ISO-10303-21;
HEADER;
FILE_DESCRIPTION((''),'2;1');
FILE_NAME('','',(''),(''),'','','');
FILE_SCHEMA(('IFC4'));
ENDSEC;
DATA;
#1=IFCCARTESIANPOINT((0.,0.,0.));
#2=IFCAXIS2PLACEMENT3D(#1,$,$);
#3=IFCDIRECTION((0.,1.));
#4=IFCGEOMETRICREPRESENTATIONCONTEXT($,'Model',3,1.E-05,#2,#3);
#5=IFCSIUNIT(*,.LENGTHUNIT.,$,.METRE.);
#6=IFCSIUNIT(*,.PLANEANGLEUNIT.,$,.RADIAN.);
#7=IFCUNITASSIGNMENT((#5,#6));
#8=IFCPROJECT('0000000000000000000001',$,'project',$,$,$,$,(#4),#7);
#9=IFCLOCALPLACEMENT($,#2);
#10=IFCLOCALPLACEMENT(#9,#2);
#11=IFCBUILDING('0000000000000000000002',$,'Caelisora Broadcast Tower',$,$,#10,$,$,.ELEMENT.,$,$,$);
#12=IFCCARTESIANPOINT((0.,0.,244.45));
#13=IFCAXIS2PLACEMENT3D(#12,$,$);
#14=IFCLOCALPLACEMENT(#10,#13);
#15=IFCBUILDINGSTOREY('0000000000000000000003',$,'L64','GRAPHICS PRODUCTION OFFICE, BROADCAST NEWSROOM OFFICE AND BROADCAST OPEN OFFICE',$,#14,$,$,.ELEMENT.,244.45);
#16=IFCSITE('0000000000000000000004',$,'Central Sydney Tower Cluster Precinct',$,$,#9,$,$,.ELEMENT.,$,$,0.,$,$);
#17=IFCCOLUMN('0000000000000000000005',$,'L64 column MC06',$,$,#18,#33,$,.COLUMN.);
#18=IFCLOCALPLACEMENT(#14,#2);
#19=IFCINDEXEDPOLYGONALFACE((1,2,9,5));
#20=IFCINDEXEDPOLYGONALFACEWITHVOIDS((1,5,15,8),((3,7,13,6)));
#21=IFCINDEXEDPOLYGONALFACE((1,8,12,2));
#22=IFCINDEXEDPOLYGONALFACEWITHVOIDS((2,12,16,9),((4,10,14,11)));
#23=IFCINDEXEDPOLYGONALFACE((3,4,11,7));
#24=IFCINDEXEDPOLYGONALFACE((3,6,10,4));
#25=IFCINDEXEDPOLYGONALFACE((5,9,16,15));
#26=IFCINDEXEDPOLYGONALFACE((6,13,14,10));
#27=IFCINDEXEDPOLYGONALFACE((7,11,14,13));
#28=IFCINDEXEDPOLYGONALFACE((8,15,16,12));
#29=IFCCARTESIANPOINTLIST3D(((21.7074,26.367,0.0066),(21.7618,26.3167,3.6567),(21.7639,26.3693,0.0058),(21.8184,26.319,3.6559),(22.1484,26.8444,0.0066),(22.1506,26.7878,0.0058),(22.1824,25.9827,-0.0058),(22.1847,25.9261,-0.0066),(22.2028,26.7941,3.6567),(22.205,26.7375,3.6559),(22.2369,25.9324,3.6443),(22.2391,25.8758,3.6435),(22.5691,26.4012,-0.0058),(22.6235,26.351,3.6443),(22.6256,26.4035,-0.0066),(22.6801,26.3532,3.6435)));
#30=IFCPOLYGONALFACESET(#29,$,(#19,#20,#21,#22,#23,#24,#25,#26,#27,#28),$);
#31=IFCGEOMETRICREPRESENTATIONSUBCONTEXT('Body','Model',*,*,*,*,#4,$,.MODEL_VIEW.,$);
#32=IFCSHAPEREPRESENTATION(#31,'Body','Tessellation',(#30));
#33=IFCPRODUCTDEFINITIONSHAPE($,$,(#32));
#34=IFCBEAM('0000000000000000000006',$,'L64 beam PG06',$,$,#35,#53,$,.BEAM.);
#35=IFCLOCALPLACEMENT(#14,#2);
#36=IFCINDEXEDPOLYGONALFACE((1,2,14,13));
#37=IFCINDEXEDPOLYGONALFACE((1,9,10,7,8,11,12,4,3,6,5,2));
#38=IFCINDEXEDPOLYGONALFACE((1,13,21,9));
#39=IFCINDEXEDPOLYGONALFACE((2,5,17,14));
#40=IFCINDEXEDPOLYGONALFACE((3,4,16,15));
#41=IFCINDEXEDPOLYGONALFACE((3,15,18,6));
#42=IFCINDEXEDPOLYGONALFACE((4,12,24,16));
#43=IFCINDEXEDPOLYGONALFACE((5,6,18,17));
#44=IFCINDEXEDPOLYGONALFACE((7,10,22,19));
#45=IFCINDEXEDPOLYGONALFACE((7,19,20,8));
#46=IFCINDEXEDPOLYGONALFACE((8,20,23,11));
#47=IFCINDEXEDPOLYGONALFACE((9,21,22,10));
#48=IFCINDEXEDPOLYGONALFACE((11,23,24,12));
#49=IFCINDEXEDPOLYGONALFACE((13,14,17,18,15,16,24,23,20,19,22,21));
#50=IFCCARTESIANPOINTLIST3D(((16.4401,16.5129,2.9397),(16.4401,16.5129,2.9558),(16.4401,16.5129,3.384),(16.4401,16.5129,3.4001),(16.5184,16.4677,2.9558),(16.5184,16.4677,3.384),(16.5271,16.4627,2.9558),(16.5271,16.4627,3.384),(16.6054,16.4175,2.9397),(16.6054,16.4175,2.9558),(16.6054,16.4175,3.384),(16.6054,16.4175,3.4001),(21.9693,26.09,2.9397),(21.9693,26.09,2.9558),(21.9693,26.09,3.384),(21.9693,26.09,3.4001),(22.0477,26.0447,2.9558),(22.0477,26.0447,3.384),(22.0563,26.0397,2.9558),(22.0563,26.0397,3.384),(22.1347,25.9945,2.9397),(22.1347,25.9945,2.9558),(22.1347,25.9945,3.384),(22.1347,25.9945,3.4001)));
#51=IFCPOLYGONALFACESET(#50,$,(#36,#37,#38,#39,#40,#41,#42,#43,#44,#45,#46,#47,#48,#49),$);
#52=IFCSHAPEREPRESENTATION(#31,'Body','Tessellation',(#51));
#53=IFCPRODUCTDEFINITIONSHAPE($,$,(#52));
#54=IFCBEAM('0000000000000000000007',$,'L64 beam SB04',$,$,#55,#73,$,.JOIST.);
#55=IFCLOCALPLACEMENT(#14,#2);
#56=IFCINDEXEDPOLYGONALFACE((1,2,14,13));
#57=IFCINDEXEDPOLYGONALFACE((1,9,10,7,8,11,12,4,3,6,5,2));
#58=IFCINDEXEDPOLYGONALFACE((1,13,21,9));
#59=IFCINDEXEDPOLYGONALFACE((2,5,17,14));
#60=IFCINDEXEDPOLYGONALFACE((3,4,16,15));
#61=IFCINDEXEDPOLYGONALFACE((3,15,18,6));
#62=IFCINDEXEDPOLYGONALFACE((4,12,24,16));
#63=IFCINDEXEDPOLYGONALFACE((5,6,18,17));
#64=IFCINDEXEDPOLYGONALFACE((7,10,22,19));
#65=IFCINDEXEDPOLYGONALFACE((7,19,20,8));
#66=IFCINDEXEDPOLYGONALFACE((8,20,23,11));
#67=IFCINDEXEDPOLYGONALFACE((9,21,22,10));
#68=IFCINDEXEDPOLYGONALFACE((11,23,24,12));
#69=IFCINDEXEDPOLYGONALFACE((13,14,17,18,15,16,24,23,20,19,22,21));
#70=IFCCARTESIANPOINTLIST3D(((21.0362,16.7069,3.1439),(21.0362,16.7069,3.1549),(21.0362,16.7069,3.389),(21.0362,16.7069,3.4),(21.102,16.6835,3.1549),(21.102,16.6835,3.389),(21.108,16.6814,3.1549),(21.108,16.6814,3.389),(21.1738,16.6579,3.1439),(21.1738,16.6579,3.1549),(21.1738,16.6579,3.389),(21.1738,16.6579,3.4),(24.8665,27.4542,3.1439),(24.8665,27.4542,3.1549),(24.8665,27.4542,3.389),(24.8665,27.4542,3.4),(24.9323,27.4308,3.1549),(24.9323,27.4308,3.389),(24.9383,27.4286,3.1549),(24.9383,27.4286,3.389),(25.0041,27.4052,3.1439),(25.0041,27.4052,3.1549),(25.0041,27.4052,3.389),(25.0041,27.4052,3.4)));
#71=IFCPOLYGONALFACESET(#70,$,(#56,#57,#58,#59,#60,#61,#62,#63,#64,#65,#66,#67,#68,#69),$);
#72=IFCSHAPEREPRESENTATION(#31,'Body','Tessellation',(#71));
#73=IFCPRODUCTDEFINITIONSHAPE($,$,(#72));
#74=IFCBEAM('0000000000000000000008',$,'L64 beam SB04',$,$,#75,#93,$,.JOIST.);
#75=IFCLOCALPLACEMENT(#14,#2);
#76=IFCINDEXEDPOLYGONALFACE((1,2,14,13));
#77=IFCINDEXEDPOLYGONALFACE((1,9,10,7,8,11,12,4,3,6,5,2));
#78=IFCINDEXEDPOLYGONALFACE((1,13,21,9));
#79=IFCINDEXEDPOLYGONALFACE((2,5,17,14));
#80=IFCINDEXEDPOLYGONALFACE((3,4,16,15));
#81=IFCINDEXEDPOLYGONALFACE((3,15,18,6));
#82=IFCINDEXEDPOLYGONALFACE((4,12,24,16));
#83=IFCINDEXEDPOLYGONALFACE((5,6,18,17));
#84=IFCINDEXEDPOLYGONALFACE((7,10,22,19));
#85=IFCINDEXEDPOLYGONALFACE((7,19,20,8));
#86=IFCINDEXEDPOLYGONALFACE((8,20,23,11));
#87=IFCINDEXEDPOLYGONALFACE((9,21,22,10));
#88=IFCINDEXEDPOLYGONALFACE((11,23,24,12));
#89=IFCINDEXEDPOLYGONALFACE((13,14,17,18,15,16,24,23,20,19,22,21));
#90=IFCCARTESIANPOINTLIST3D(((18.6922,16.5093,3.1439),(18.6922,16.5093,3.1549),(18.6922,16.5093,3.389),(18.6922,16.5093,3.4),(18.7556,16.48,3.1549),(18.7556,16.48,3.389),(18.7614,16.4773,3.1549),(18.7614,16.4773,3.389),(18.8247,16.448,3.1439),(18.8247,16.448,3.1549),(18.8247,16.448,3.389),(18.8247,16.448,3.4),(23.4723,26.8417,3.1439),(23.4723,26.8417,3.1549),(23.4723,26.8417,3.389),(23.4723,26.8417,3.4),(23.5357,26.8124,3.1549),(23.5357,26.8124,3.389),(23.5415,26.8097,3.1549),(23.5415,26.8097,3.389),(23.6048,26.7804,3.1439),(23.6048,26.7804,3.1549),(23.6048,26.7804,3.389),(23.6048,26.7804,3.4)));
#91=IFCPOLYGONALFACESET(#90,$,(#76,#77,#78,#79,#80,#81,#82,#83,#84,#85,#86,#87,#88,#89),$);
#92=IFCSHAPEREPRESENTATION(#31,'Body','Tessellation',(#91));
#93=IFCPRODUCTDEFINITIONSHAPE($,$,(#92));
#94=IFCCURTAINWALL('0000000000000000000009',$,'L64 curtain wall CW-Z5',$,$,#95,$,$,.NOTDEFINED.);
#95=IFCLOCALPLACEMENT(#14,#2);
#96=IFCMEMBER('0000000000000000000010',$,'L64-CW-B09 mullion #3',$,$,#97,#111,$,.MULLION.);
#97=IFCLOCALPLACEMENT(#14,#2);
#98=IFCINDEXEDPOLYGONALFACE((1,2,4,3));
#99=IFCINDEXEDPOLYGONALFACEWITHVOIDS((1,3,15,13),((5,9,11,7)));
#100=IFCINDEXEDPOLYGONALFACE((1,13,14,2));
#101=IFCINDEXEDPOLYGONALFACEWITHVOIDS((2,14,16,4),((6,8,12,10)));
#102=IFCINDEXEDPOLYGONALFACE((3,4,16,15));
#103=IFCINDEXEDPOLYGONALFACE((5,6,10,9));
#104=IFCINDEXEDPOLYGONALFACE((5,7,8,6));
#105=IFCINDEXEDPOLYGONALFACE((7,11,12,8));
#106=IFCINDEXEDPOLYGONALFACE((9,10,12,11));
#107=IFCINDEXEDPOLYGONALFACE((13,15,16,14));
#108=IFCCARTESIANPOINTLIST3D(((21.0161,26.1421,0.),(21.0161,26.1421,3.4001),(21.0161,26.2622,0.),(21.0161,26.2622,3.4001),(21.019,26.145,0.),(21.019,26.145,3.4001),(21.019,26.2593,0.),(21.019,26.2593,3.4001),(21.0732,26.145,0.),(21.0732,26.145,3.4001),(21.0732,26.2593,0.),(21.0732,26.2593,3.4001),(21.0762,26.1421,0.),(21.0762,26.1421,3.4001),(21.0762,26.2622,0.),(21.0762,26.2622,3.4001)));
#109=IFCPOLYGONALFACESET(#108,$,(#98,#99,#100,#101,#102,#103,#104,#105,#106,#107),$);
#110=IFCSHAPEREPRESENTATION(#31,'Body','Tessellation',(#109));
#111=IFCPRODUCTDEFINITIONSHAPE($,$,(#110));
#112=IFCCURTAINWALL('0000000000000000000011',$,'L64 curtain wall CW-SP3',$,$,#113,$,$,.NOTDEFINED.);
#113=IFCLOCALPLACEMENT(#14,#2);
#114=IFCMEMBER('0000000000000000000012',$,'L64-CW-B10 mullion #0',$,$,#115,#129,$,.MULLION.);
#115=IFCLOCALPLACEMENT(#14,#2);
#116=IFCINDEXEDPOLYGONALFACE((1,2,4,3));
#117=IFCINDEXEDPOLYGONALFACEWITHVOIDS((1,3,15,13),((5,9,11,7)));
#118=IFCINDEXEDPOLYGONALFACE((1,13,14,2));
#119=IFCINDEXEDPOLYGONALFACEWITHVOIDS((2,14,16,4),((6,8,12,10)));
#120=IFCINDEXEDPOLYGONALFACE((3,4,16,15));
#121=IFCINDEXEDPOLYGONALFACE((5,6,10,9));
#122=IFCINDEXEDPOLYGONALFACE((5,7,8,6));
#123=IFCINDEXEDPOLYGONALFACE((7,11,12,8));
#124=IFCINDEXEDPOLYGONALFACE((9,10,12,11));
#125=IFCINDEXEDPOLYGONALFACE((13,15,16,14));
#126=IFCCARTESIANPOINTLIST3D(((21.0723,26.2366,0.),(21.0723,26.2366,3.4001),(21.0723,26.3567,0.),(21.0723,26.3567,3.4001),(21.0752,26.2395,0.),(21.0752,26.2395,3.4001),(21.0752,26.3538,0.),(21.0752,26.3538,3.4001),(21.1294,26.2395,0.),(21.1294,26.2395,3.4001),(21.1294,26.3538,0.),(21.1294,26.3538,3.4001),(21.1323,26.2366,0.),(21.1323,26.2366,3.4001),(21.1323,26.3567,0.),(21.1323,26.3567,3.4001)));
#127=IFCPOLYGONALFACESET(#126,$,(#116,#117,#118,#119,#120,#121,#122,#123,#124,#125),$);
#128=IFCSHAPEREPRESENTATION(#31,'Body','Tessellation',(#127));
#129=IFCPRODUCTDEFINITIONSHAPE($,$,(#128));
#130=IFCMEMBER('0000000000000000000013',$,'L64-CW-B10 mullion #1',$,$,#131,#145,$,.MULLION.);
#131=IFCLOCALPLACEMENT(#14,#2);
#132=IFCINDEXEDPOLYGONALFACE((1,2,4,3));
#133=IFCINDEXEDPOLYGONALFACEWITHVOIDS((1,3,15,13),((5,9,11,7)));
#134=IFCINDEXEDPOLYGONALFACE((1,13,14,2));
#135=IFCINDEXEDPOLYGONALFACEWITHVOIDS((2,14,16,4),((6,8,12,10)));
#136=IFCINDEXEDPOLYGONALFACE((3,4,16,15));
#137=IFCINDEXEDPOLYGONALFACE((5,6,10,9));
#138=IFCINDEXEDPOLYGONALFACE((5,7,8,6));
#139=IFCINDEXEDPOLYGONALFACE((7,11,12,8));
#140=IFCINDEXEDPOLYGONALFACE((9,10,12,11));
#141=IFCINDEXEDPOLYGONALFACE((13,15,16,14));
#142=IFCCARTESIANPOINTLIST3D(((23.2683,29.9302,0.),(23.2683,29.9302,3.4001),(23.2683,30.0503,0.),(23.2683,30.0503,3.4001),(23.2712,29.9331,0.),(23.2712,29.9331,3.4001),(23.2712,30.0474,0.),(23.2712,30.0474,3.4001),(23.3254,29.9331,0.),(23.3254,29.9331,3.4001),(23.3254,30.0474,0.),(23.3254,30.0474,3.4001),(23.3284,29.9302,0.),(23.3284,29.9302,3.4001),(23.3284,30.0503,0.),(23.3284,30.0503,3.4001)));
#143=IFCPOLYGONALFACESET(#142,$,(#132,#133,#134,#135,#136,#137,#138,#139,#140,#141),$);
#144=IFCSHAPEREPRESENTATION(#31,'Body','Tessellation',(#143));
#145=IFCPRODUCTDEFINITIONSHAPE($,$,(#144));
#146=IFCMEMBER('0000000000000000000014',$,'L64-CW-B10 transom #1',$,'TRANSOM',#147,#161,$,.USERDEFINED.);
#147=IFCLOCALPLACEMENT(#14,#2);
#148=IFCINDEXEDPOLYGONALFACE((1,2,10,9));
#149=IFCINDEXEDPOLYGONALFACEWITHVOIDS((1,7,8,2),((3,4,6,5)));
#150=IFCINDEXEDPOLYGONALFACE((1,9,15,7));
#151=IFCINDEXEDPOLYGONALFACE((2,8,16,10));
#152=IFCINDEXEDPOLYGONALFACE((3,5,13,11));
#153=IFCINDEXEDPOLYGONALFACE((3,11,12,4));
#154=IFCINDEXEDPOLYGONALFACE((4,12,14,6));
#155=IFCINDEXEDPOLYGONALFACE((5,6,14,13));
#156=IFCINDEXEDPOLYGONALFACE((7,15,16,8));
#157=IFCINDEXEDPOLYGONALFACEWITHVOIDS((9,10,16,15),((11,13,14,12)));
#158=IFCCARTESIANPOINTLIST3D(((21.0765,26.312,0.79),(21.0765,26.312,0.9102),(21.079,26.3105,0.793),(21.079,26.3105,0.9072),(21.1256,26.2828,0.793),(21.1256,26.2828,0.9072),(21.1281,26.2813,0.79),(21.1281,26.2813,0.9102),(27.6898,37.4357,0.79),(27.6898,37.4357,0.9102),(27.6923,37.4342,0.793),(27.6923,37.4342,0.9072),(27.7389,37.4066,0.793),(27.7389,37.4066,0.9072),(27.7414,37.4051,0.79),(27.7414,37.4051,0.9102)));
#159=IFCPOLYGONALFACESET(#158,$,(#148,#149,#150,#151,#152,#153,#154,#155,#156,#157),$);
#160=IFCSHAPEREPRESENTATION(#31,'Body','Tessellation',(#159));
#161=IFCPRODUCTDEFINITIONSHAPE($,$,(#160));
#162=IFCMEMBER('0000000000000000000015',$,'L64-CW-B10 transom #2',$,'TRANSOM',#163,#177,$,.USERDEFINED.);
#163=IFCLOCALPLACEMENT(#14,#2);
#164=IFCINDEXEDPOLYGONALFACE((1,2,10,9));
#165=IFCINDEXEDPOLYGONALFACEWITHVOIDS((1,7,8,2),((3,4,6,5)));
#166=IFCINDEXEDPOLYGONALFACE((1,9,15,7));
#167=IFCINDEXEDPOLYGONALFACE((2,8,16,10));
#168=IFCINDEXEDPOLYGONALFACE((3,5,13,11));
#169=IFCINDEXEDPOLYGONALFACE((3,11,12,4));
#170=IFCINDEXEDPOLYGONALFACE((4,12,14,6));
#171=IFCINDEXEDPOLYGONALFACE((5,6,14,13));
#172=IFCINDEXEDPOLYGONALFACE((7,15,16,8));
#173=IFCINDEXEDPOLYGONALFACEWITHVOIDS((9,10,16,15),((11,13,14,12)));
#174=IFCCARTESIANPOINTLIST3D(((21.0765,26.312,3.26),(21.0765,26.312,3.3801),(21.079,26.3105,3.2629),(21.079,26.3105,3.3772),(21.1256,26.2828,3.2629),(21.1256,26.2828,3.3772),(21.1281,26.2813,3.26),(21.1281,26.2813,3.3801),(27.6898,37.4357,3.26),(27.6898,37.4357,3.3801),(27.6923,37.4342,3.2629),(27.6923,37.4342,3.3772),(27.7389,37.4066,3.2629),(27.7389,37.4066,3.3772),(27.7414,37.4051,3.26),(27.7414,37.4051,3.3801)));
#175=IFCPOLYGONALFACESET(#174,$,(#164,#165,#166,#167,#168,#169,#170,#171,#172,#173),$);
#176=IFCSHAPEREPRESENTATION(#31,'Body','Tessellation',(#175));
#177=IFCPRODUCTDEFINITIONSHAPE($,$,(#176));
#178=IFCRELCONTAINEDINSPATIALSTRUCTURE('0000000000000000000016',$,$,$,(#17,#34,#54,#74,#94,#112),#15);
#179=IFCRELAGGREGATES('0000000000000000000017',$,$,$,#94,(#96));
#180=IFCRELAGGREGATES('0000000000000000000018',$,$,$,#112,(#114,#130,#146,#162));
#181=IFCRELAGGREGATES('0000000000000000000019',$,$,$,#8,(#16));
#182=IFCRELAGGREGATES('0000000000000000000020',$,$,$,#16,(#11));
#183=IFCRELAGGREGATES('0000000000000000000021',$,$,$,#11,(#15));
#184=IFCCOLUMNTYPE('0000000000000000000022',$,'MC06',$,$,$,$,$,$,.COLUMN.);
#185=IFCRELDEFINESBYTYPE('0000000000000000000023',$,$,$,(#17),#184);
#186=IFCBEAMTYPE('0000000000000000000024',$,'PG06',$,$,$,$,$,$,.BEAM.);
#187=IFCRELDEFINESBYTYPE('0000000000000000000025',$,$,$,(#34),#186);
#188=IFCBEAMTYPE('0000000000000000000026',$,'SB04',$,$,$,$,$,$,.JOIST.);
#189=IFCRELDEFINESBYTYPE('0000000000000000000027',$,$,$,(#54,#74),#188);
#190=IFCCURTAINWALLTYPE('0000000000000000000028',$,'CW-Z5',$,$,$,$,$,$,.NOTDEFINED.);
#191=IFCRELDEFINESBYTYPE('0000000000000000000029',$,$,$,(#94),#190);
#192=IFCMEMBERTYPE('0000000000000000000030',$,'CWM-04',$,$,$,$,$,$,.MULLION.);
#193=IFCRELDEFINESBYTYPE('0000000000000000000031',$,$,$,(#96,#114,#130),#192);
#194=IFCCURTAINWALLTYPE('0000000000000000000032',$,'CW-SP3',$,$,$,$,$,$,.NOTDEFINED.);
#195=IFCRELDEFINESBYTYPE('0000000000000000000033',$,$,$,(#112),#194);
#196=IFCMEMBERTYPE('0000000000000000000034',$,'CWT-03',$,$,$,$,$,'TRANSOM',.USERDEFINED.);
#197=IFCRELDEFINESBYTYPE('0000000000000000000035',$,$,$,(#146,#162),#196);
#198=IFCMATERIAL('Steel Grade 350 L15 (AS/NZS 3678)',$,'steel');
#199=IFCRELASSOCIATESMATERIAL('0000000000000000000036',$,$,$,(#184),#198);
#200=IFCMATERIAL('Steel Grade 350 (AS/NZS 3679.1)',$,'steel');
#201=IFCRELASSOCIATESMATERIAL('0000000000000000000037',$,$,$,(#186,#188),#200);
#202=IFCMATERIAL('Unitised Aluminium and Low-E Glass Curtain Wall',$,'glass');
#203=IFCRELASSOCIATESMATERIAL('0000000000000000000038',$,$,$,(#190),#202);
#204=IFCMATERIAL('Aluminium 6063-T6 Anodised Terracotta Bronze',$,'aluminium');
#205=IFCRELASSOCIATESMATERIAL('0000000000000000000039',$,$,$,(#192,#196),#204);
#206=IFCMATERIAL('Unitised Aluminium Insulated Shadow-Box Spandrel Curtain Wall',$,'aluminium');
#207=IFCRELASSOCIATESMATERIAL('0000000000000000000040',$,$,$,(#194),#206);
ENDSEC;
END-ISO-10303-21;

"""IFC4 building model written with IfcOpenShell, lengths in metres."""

from ifc_helpers import new_model, si_unit, direction, frame, origin, origin_2d, place, context, subcontext, project, spatial, hollow_rectangle, i_section, extrude, source, transform, mapped, material, material_profile, profile_set, type_object, type_shapes, element, aggregate, save


model = new_model("IFC4")

# Units and contexts
model_context = context("Model", 3, precision=1e-05, world=origin(), true_north=direction((0.0, 1.0)))
body_context = subcontext(model_context, "Body", "Model", "MODEL_VIEW")
ifc_project = project(units=[si_unit("LENGTHUNIT", "METRE"), si_unit("PLANEANGLEUNIT", "RADIAN")], contexts=[model_context])

# Site, building, storey
site_placement = place(None, origin())
site = spatial("IfcSite", under=ifc_project, at=site_placement, Name="Central Sydney Tower Cluster Precinct", CompositionType="ELEMENT", RefElevation=0.0)
building_placement = place(site_placement, origin())
building = spatial("IfcBuilding", under=site, at=building_placement, Name="Caelisora Broadcast Tower", CompositionType="ELEMENT")
storey_placement = place(building_placement, frame((0.0, 0.0, 244.45)))
storey = spatial("IfcBuildingStorey", under=building, at=storey_placement, Name="L64", Description="GRAPHICS PRODUCTION OFFICE, BROADCAST NEWSROOM OFFICE AND BROADCAST OPEN OFFICE", CompositionType="ELEMENT", Elevation=244.45)

# Column
ifc_material_1 = material(Name="Steel Grade 350 L15 (AS/NZS 3678)", Category="steel")
ifc_material_profile_1 = material_profile(ifc_material_1, hollow_rectangle(XDim=0.6499, YDim=0.6499, WallThickness=0.04, at=origin_2d()), Name="Steel Grade 350 L15 (AS/NZS 3678)")
ifc_profile_set_1 = profile_set([ifc_material_profile_1], Name="Steel Grade 350 L15 (AS/NZS 3678)")
column_type = type_object("IfcColumnType", Name="MC06", PredefinedType="COLUMN", material=ifc_profile_set_1)
shared_shape_1 = source(origin(), body_context, "Body", "SweptSolid", [
    extrude(hollow_rectangle(XDim=0.6499, YDim=0.6499, WallThickness=0.04, at=origin_2d()), origin(), (0.0, 0.0, 1.0), 3.6509),
])
type_shapes(column_type, [shared_shape_1])
column_placement = place(storey_placement, frame((22.1665, 26.3853, 0.0), z_axis=(0.014912, -0.013776, 0.999794), x_axis=(0.678554, 0.734551, 0.0)))
element("IfcColumn", 1, at=column_placement, inside=storey, type_object=column_type, Name="L64 column MC06", PredefinedType="COLUMN", context=body_context, shape_type="MappedRepresentation", body=[
    mapped(shared_shape_1, transform((0.0, 0.0, 0.0), scale=1.0)),
])

# Beams
ifc_material_2 = material(Name="Steel Grade 350 (AS/NZS 3679.1)", Category="steel")
ifc_material_profile_2 = material_profile(ifc_material_2, i_section(OverallWidth=0.1909, OverallDepth=0.4604, WebThickness=0.01, FlangeThickness=0.0161, at=origin_2d()), Name="Steel Grade 350 (AS/NZS 3679.1)")
ifc_profile_set_2 = profile_set([ifc_material_profile_2], Name="Steel Grade 350 (AS/NZS 3679.1)")
beam_type_1 = type_object("IfcBeamType", Name="PG06", PredefinedType="BEAM", material=ifc_profile_set_2)
shared_shape_2 = source(origin(), body_context, "Body", "SweptSolid", [
    extrude(i_section(OverallWidth=0.1909, OverallDepth=0.4604, WebThickness=0.01, FlangeThickness=0.0161, at=origin_2d()), origin(), (0.0, 0.0, 1.0), 11.0586),
])
type_shapes(beam_type_1, [shared_shape_2])
beam_1_placement = place(storey_placement, frame((22.052, 26.0422, 3.1699), z_axis=(-0.499995, -0.866028, 0.0), x_axis=(0.866028, -0.499995, 0.0)))
element("IfcBeam", 2, at=beam_1_placement, inside=storey, type_object=beam_type_1, Name="L64 beam PG06", PredefinedType="BEAM", context=body_context, shape_type="MappedRepresentation", body=[
    mapped(shared_shape_2, transform((0.0, 0.0, 0.0), scale=1.0)),
])
ifc_material_profile_3 = material_profile(ifc_material_2, i_section(OverallWidth=0.146, OverallDepth=0.2561, WebThickness=0.0063, FlangeThickness=0.011, at=origin_2d()), Name="Steel Grade 350 (AS/NZS 3679.1)")
ifc_profile_set_3 = profile_set([ifc_material_profile_3], Name="Steel Grade 350 (AS/NZS 3679.1)")
beam_type_2 = type_object("IfcBeamType", Name="SB04", PredefinedType="JOIST", material=ifc_profile_set_3)
shared_shape_3 = source(origin(), body_context, "Body", "SweptSolid", [
    extrude(i_section(OverallWidth=0.146, OverallDepth=0.2561, WebThickness=0.0063, FlangeThickness=0.011, at=origin_2d()), origin(), (0.0, 0.0, 1.0), 11.4094),
])
beam_2_placement = place(storey_placement, frame((24.9353, 27.4297, 3.272), z_axis=(-0.335714, -0.941964, 0.0), x_axis=(0.941964, -0.335714, 0.0)))
element("IfcBeam", 3, at=beam_2_placement, inside=storey, type_object=beam_type_2, Name="L64 beam SB04", PredefinedType="JOIST", context=body_context, shape_type="MappedRepresentation", body=[
    mapped(shared_shape_3, transform((0.0, 0.0, 0.0), scale=1.0)),
])
shared_shape_4 = source(origin(), body_context, "Body", "SweptSolid", [
    extrude(i_section(OverallWidth=0.146, OverallDepth=0.2561, WebThickness=0.0063, FlangeThickness=0.011, at=origin_2d()), origin(), (0.0, 0.0, 1.0), 11.3845),
])
type_shapes(beam_type_2, [shared_shape_3, shared_shape_4])
beam_3_placement = place(storey_placement, frame((23.5386, 26.811, 3.272), z_axis=(-0.419875, -0.907582, 0.0), x_axis=(0.907582, -0.419875, 0.0)))
element("IfcBeam", 4, at=beam_3_placement, inside=storey, type_object=beam_type_2, Name="L64 beam SB04", PredefinedType="JOIST", context=body_context, shape_type="MappedRepresentation", body=[
    mapped(shared_shape_4, transform((0.0, 0.0, 0.0), scale=1.0)),
])

# Curtain wall, member
ifc_material_3 = material(Name="Unitised Aluminium and Low-E Glass Curtain Wall", Category="glass")
curtain_wall_type_1 = type_object("IfcCurtainWallType", Name="CW-Z5", PredefinedType="NOTDEFINED", material=ifc_material_3)
curtain_wall_1_placement = place(storey_placement, origin())
curtain_wall_1 = element("IfcCurtainWall", 5, at=curtain_wall_1_placement, inside=storey, type_object=curtain_wall_type_1, Name="L64 curtain wall CW-Z5", PredefinedType="NOTDEFINED")
ifc_material_4 = material(Name="Aluminium 6063-T6 Anodised Terracotta Bronze", Category="aluminium")
ifc_material_profile_4 = material_profile(ifc_material_4, hollow_rectangle(XDim=0.0601, YDim=0.1201, WallThickness=0.0029, at=origin_2d()), Name="Aluminium 6063-T6 Anodised Terracotta Bronze")
ifc_profile_set_4 = profile_set([ifc_material_profile_4], Name="Aluminium 6063-T6 Anodised Terracotta Bronze")
member_type_1 = type_object("IfcMemberType", Name="CWM-04", PredefinedType="MULLION", material=ifc_profile_set_4)
shared_shape_5 = source(origin(), body_context, "Body", "SweptSolid", [
    extrude(hollow_rectangle(XDim=0.0601, YDim=0.1201, WallThickness=0.0029, at=origin_2d()), origin(), (0.0, 0.0, 1.0), 3.4001),
])
type_shapes(member_type_1, [shared_shape_5])
member_1_placement = place(storey_placement, frame((21.0461, 26.2021, 0.0), z_axis=(0.0, 0.0, 1.0), x_axis=(1.0, 0.0, 0.0)))
member_1 = element("IfcMember", 6, at=member_1_placement, type_object=member_type_1, Name="L64-CW-B09 mullion #3", PredefinedType="MULLION", context=body_context, shape_type="MappedRepresentation", body=[
    mapped(shared_shape_5, transform((0.0, 0.0, 0.0), scale=1.0)),
])

# Curtain wall, members
ifc_material_5 = material(Name="Unitised Aluminium Insulated Shadow-Box Spandrel Curtain Wall", Category="aluminium")
curtain_wall_type_2 = type_object("IfcCurtainWallType", Name="CW-SP3", PredefinedType="NOTDEFINED", material=ifc_material_5)
curtain_wall_2_placement = place(storey_placement, origin())
curtain_wall_2 = element("IfcCurtainWall", 7, at=curtain_wall_2_placement, inside=storey, type_object=curtain_wall_type_2, Name="L64 curtain wall CW-SP3", PredefinedType="NOTDEFINED")
member_2_placement = place(storey_placement, frame((21.1023, 26.2966, 0.0), z_axis=(0.0, 0.0, 1.0), x_axis=(1.0, 0.0, 0.0)))
member_2 = element("IfcMember", 8, at=member_2_placement, type_object=member_type_1, Name="L64-CW-B10 mullion #0", PredefinedType="MULLION", context=body_context, shape_type="MappedRepresentation", body=[
    mapped(shared_shape_5, transform((0.0, 0.0, 0.0), scale=1.0)),
])
member_3_placement = place(storey_placement, frame((23.2983, 29.9902, 0.0), z_axis=(0.0, 0.0, 1.0), x_axis=(1.0, 0.0, 0.0)))
member_3 = element("IfcMember", 9, at=member_3_placement, type_object=member_type_1, Name="L64-CW-B10 mullion #1", PredefinedType="MULLION", context=body_context, shape_type="MappedRepresentation", body=[
    mapped(shared_shape_5, transform((0.0, 0.0, 0.0), scale=1.0)),
])
ifc_material_profile_5 = material_profile(ifc_material_4, hollow_rectangle(XDim=0.0601, YDim=0.1201, WallThickness=0.0029, at=origin_2d()), Name="Aluminium 6063-T6 Anodised Terracotta Bronze")
ifc_profile_set_5 = profile_set([ifc_material_profile_5], Name="Aluminium 6063-T6 Anodised Terracotta Bronze")
member_type_2 = type_object("IfcMemberType", Name="CWT-03", ElementType="TRANSOM", PredefinedType="USERDEFINED", material=ifc_profile_set_5)
shared_shape_6 = source(origin(), body_context, "Body", "SweptSolid", [
    extrude(hollow_rectangle(XDim=0.0601, YDim=0.1201, WallThickness=0.0029, at=origin_2d()), origin(), (0.0, 0.0, 1.0), 12.9412),
])
type_shapes(member_type_2, [shared_shape_6])
member_4_placement = place(storey_placement, frame((21.1023, 26.2966, 0.8501), z_axis=(0.511026, 0.859565, 0.0), x_axis=(-0.859565, 0.511026, 0.0)))
member_4 = element("IfcMember", 10, at=member_4_placement, type_object=member_type_2, Name="L64-CW-B10 transom #1", ObjectType="TRANSOM", PredefinedType="USERDEFINED", context=body_context, shape_type="MappedRepresentation", body=[
    mapped(shared_shape_6, transform((0.0, 0.0, 0.0), scale=1.0)),
])
member_5_placement = place(storey_placement, frame((21.1023, 26.2966, 3.3201), z_axis=(0.511026, 0.859565, 0.0), x_axis=(-0.859565, 0.511026, 0.0)))
member_5 = element("IfcMember", 11, at=member_5_placement, type_object=member_type_2, Name="L64-CW-B10 transom #2", ObjectType="TRANSOM", PredefinedType="USERDEFINED", context=body_context, shape_type="MappedRepresentation", body=[
    mapped(shared_shape_6, transform((0.0, 0.0, 0.0), scale=1.0)),
])

aggregate(curtain_wall_1, [member_1])
aggregate(curtain_wall_2, [member_2, member_3, member_4, member_5])

save(model, "model.ifc")
